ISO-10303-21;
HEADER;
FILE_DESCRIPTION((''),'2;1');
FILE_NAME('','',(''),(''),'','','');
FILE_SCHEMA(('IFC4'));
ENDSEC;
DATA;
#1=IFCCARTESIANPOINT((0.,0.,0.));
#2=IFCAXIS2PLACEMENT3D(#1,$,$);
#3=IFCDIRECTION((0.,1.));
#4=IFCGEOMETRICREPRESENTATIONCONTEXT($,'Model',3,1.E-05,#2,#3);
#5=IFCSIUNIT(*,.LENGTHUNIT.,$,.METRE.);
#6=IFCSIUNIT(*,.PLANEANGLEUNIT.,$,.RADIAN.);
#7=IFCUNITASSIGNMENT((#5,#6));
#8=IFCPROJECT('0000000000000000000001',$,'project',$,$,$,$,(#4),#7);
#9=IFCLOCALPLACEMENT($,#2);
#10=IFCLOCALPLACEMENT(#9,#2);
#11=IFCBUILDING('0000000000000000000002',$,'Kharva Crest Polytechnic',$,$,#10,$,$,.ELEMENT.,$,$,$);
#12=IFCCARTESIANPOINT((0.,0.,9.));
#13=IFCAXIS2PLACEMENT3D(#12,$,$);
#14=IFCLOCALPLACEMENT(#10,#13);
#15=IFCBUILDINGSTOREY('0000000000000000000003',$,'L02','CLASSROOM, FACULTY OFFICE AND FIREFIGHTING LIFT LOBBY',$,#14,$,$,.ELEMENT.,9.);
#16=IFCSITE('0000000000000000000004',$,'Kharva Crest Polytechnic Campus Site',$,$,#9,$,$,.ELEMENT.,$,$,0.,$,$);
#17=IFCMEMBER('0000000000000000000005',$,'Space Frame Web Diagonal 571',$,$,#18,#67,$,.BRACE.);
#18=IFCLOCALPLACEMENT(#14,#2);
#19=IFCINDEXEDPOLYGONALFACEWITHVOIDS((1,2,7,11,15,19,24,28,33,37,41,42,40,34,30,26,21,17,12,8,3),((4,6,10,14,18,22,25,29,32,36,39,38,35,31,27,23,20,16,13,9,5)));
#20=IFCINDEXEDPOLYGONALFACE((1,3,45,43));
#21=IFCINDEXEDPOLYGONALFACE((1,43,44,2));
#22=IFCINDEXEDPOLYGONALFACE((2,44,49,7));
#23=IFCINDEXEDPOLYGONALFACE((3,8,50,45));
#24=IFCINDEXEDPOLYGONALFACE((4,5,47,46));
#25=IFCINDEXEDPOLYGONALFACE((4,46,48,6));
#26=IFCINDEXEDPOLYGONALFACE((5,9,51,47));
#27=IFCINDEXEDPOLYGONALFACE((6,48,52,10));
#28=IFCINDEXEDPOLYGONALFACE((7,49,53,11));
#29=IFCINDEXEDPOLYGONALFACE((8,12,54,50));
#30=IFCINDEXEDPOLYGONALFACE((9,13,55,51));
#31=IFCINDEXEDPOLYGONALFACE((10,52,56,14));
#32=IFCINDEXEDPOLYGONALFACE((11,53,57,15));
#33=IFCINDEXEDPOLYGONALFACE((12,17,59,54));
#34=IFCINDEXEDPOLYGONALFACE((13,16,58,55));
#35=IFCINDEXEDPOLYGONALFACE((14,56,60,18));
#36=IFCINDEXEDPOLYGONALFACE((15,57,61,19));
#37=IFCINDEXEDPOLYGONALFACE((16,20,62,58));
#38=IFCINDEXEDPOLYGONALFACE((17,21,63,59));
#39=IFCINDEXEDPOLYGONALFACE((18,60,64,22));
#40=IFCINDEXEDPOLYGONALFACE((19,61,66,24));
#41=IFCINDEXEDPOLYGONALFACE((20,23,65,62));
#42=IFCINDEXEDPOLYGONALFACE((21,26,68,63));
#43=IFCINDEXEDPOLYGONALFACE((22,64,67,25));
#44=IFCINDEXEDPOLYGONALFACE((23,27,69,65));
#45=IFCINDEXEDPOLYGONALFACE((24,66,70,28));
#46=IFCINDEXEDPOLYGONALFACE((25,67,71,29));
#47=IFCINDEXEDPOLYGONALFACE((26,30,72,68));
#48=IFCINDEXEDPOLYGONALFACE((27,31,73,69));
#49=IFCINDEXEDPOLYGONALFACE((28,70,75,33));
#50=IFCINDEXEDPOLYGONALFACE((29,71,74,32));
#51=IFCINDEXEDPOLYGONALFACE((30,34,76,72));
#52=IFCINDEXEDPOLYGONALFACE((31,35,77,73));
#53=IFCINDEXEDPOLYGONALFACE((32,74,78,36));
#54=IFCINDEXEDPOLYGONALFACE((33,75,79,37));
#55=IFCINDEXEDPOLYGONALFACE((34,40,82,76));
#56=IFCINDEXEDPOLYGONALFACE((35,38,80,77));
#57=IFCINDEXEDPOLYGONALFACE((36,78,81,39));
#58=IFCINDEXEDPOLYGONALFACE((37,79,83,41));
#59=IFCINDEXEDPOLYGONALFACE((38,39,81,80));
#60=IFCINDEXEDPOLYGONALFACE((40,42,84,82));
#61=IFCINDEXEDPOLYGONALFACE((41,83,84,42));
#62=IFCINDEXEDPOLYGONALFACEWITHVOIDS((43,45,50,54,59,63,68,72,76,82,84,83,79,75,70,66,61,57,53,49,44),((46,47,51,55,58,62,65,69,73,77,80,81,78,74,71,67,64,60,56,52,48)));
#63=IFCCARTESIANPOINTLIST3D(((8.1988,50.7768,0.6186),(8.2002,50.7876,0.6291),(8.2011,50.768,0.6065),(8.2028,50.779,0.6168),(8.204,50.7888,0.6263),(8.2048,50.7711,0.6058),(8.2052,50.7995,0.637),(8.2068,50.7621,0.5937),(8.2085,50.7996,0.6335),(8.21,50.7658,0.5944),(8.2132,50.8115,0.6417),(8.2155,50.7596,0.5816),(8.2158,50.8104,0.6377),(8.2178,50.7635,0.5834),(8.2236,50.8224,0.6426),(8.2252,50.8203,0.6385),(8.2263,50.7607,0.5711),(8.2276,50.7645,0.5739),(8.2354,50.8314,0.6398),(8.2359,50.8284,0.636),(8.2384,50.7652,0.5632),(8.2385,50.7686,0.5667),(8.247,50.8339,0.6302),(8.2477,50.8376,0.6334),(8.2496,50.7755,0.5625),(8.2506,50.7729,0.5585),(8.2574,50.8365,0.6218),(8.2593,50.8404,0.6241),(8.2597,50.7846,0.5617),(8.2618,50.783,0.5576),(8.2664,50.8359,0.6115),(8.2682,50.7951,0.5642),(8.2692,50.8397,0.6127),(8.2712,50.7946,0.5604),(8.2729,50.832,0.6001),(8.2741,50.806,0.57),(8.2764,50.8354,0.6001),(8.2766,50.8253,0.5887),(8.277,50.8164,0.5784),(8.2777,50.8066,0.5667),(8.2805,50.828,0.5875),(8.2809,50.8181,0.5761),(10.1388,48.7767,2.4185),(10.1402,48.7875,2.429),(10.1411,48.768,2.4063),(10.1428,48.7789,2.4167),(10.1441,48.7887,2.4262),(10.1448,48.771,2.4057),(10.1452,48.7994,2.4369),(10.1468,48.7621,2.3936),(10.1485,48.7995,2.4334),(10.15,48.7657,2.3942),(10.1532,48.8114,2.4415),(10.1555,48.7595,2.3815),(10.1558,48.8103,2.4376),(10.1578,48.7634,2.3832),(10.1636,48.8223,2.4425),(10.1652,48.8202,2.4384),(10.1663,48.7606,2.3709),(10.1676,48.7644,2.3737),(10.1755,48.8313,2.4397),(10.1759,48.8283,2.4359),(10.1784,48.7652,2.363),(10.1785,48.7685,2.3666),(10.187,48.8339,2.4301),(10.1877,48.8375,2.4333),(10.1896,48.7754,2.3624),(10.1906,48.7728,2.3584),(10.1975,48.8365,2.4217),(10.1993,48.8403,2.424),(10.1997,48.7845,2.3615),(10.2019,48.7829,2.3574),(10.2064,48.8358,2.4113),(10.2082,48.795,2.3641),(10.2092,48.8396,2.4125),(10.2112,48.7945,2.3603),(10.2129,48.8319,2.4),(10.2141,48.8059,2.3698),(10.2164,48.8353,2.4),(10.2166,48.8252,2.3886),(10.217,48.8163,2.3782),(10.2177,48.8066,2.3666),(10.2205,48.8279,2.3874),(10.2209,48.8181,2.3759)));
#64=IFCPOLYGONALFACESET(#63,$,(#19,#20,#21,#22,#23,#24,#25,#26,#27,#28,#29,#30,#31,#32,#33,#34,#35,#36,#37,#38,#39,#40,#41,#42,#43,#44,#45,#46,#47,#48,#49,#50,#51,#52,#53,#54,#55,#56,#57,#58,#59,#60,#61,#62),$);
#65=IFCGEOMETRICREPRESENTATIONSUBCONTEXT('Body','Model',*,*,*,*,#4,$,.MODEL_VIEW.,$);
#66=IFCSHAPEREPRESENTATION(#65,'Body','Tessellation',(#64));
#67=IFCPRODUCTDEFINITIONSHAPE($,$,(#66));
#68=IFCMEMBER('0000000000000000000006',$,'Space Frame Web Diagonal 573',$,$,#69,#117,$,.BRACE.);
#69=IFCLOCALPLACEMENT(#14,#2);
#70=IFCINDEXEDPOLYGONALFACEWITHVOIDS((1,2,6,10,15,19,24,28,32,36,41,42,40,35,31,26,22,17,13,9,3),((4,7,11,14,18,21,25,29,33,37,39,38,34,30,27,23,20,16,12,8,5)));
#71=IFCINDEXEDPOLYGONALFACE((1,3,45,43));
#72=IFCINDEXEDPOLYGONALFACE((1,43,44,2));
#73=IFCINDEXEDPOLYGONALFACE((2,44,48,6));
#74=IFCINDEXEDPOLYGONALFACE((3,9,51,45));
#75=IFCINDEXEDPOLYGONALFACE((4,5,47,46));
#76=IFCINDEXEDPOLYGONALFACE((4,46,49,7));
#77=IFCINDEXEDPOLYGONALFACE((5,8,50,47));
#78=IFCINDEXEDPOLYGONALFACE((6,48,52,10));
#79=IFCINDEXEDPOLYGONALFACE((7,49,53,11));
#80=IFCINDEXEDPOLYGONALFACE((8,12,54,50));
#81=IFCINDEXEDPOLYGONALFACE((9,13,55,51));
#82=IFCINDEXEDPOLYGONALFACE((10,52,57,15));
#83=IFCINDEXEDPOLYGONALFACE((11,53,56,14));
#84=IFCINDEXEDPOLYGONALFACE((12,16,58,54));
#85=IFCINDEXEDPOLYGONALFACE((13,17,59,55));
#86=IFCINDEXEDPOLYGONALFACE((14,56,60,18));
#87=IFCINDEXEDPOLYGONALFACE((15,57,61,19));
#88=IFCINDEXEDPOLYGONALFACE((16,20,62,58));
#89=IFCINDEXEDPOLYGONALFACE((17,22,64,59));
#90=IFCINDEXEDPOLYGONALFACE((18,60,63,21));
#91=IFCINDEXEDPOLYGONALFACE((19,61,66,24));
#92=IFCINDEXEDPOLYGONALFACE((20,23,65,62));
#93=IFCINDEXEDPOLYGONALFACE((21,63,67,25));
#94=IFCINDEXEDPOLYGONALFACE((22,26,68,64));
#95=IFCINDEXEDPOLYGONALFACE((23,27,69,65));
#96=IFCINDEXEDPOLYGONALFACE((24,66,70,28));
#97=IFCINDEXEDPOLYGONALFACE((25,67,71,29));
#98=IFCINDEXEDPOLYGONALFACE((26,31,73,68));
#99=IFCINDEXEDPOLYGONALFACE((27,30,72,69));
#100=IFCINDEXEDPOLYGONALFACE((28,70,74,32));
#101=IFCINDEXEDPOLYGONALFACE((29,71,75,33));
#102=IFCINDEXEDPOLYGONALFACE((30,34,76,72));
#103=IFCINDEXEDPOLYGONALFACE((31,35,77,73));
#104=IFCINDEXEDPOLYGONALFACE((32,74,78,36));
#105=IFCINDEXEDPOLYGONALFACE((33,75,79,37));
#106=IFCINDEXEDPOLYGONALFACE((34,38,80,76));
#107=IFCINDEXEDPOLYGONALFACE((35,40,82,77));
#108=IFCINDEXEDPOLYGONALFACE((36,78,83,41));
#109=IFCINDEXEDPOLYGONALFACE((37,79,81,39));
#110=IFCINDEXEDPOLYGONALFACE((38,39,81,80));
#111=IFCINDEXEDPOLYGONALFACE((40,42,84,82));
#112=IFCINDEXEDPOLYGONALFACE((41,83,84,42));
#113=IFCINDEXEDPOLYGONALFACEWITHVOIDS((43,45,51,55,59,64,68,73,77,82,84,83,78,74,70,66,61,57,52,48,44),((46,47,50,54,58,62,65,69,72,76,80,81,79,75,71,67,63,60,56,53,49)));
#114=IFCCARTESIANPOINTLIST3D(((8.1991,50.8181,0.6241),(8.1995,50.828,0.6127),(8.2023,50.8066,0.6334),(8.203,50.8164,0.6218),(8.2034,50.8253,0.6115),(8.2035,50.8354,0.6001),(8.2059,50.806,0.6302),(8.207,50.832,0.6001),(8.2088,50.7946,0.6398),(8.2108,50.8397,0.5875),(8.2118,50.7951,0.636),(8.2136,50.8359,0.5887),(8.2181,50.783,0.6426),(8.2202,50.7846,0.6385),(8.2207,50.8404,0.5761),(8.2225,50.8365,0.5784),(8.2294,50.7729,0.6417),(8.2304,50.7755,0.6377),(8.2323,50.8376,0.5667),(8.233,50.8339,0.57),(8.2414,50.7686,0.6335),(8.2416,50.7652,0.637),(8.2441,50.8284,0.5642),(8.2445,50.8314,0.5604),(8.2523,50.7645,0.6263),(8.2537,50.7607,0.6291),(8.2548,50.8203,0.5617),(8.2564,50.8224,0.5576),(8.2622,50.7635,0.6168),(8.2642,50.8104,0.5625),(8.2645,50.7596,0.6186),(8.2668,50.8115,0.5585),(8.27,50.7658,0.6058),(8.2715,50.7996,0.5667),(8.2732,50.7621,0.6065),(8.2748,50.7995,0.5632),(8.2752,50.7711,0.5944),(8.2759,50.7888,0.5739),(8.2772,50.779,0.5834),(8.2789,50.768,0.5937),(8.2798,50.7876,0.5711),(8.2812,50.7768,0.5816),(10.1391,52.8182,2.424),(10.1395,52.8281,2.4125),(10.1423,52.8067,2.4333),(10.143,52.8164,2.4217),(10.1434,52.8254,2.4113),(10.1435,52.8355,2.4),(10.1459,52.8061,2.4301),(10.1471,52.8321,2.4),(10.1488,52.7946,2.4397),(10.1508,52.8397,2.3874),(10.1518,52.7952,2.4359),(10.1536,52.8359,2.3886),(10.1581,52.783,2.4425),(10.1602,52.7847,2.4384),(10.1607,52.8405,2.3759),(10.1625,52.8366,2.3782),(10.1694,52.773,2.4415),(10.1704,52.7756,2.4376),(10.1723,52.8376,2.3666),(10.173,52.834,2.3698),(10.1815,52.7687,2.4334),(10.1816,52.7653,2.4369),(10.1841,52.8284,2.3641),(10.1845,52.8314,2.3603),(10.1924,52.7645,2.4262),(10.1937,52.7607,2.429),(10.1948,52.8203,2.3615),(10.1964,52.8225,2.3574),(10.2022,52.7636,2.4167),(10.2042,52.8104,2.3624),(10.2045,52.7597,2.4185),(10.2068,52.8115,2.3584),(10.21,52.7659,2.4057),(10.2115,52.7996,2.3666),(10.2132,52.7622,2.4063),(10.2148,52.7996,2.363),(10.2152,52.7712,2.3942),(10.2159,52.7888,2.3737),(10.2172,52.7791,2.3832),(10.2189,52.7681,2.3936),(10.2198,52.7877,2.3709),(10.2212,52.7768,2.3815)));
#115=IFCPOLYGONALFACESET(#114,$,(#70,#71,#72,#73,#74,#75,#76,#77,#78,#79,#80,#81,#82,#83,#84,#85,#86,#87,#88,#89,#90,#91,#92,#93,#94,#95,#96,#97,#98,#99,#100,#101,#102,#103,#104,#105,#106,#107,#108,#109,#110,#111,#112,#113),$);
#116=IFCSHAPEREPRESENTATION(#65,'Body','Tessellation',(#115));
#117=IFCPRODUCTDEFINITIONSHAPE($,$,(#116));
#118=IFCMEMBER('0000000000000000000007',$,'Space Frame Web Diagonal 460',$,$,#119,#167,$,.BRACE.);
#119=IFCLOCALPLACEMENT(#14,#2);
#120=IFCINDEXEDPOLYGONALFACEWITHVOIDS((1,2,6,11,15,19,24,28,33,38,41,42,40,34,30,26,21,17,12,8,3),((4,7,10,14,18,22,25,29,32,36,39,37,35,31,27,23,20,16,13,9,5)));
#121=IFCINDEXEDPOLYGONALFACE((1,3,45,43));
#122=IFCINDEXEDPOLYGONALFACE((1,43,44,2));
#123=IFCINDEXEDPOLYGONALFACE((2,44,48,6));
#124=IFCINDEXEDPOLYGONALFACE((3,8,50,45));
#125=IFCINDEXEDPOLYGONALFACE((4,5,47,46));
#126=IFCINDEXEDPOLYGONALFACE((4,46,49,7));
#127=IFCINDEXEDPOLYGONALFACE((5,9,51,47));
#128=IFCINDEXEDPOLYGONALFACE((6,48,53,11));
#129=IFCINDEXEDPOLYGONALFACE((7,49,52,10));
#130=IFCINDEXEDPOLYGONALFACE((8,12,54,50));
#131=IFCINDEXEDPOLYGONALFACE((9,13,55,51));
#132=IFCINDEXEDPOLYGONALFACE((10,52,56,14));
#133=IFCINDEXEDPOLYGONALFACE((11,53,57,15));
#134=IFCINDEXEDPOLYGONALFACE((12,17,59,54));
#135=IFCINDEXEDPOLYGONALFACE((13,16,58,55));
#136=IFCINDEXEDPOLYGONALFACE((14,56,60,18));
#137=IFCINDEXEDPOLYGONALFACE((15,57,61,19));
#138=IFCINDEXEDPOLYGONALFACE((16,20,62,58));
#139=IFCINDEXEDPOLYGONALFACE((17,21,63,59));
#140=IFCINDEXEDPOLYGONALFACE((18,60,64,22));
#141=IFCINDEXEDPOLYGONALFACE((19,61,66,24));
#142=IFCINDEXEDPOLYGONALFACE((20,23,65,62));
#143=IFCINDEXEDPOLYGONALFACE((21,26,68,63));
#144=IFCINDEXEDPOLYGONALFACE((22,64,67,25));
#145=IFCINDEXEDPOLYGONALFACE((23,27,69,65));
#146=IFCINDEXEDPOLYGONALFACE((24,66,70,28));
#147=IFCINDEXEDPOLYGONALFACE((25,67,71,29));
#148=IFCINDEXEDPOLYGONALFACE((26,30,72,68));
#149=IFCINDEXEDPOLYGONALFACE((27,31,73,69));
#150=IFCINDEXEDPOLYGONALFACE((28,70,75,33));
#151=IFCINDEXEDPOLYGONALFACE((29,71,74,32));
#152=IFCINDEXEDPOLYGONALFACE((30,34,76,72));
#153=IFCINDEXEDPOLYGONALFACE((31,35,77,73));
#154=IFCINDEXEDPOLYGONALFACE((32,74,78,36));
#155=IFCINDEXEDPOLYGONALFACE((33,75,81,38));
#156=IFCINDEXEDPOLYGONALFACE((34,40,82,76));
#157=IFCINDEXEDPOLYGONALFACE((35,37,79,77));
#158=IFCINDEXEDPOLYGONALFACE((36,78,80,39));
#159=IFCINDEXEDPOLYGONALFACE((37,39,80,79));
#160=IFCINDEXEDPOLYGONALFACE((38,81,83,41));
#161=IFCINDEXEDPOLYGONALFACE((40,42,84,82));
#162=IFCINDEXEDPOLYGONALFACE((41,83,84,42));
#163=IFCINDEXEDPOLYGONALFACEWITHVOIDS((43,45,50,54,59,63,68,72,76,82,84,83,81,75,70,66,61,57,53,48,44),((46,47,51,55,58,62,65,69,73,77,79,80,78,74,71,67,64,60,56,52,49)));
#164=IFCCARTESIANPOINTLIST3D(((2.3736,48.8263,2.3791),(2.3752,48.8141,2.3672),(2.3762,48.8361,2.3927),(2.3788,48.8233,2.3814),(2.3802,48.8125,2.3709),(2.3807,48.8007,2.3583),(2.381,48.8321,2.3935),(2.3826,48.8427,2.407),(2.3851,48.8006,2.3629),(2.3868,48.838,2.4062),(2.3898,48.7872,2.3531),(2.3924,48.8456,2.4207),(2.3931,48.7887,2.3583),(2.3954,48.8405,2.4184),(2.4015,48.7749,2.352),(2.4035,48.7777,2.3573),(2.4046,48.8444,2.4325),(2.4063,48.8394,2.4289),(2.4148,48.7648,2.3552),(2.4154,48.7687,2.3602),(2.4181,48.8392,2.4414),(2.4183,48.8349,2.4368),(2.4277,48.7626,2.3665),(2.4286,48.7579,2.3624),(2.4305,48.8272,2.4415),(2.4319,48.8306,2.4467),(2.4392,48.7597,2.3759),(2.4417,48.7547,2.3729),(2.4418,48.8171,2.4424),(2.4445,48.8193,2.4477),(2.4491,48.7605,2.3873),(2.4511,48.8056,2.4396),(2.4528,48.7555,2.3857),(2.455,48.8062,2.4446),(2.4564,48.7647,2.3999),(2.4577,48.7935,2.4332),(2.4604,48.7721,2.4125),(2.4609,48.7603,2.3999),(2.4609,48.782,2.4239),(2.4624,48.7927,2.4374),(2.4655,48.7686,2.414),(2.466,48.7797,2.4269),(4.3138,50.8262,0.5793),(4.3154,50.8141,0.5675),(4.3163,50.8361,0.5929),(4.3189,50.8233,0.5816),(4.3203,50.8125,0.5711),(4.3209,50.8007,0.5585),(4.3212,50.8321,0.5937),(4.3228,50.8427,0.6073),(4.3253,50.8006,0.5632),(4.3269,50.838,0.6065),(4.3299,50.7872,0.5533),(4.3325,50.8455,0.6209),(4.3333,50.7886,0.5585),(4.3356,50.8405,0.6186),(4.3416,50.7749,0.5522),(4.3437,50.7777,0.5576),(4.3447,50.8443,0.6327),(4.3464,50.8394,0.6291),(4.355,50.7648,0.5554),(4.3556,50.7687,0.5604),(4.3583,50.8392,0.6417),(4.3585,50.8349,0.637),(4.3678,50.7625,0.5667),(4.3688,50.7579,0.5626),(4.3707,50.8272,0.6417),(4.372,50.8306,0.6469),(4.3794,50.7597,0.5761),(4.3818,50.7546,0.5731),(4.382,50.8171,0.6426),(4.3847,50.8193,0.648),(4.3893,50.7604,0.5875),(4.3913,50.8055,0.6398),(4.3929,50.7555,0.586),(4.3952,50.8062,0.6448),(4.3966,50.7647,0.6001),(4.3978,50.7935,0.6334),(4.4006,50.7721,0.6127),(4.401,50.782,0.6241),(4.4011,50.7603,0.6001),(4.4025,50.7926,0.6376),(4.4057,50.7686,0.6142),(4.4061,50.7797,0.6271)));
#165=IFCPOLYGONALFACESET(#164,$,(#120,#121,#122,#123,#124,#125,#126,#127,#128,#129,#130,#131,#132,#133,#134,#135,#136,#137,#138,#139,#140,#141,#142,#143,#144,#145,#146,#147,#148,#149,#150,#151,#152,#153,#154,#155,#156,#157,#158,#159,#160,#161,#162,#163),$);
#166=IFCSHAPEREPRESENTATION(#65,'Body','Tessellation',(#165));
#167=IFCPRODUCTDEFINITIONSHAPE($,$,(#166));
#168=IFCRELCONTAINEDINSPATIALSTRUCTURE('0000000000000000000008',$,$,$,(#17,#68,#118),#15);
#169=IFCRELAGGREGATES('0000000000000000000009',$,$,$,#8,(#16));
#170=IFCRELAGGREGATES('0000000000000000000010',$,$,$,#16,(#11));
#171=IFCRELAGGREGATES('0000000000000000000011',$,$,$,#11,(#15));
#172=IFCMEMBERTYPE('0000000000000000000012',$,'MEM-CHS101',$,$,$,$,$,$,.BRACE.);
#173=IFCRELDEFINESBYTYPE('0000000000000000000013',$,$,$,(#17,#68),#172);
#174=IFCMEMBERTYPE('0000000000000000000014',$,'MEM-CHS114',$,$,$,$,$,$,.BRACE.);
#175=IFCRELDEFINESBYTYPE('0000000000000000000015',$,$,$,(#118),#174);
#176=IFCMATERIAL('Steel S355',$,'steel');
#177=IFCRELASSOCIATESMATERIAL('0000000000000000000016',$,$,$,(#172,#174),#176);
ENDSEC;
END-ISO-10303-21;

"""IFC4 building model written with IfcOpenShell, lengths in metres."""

from ifc_helpers import new_model, si_unit, direction, frame, origin, origin_2d, place, context, subcontext, project, spatial, hollow_circle, extrude, material, material_profile, profile_set, type_object, element, save


model = new_model("IFC4")

# Units and contexts
model_context = context("Model", 3, precision=1e-05, world=origin(), true_north=direction((0.0, 1.0)))
body_context = subcontext(model_context, "Body", "Model", "MODEL_VIEW")
ifc_project = project(units=[si_unit("LENGTHUNIT", "METRE"), si_unit("PLANEANGLEUNIT", "RADIAN")], contexts=[model_context])

# Site, building, storey
site_placement = place(None, origin())
site = spatial("IfcSite", under=ifc_project, at=site_placement, Name="Kharva Crest Polytechnic Campus Site", CompositionType="ELEMENT", RefElevation=0.0)
building_placement = place(site_placement, origin())
building = spatial("IfcBuilding", under=site, at=building_placement, Name="Kharva Crest Polytechnic", CompositionType="ELEMENT")
storey_placement = place(building_placement, frame((0.0, 0.0, 9.0)))
storey = spatial("IfcBuildingStorey", under=building, at=storey_placement, Name="L02", Description="CLASSROOM, FACULTY OFFICE AND FIREFIGHTING LIFT LOBBY", CompositionType="ELEMENT", Elevation=9.0)

# Shared definitions
ifc_material_1 = material(Name="Steel S355", Category="steel")

# Members
ifc_material_profile_1 = material_profile(ifc_material_1, hollow_circle(Radius=0.0508, WallThickness=0.0049, at=origin_2d()), Name="CHS 101.6X5.0")
ifc_profile_set_1 = profile_set([ifc_material_profile_1], Name="Steel S355")
member_type_1 = type_object("IfcMemberType", Name="MEM-CHS101", PredefinedType="BRACE", material=ifc_profile_set_1)
for number, where, z_axis, x_axis, name in (
    (1, (8.24, 50.8, 0.6001), (0.584843, -0.60295, 0.542596), (0.717802, 0.696247, 0.0), "Space Frame Web Diagonal 571"),
    (2, (8.24, 50.8, 0.6001), (0.584843, 0.60295, 0.542596), (-0.717802, 0.696247, 0.0), "Space Frame Web Diagonal 573"),
):
    element("IfcMember", number, at=place(storey_placement, frame(where, z_axis=z_axis, x_axis=x_axis)), inside=storey, type_object=member_type_1, Name=name, PredefinedType="BRACE", context=body_context, shape_type="SweptSolid", body=[
        extrude(hollow_circle(Radius=0.0508, WallThickness=0.0049, at=origin_2d()), origin(), (0.0, 0.0, 1.0), 3.3171),
    ])
ifc_material_profile_2 = material_profile(ifc_material_1, hollow_circle(Radius=0.0571, WallThickness=0.0063, at=origin_2d()), Name="CHS 114.3X6.3")
ifc_profile_set_2 = profile_set([ifc_material_profile_2], Name="Steel S355")
member_type_2 = type_object("IfcMemberType", Name="MEM-CHS114", PredefinedType="BRACE", material=ifc_profile_set_2)
for number, where, z_axis, x_axis, name in (
    (3, (4.3601, 50.8, 0.6001), (-0.584892, -0.602924, 0.542572), (0.717758, -0.696292, 0.0), "Space Frame Web Diagonal 460"),
):
    element("IfcMember", number, at=place(storey_placement, frame(where, z_axis=z_axis, x_axis=x_axis)), inside=storey, type_object=member_type_2, Name=name, PredefinedType="BRACE", context=body_context, shape_type="SweptSolid", body=[
        extrude(hollow_circle(Radius=0.0571, WallThickness=0.0063, at=origin_2d()), origin(), (0.0, 0.0, 1.0), 3.3171),
    ])

save(model, "model.ifc")
